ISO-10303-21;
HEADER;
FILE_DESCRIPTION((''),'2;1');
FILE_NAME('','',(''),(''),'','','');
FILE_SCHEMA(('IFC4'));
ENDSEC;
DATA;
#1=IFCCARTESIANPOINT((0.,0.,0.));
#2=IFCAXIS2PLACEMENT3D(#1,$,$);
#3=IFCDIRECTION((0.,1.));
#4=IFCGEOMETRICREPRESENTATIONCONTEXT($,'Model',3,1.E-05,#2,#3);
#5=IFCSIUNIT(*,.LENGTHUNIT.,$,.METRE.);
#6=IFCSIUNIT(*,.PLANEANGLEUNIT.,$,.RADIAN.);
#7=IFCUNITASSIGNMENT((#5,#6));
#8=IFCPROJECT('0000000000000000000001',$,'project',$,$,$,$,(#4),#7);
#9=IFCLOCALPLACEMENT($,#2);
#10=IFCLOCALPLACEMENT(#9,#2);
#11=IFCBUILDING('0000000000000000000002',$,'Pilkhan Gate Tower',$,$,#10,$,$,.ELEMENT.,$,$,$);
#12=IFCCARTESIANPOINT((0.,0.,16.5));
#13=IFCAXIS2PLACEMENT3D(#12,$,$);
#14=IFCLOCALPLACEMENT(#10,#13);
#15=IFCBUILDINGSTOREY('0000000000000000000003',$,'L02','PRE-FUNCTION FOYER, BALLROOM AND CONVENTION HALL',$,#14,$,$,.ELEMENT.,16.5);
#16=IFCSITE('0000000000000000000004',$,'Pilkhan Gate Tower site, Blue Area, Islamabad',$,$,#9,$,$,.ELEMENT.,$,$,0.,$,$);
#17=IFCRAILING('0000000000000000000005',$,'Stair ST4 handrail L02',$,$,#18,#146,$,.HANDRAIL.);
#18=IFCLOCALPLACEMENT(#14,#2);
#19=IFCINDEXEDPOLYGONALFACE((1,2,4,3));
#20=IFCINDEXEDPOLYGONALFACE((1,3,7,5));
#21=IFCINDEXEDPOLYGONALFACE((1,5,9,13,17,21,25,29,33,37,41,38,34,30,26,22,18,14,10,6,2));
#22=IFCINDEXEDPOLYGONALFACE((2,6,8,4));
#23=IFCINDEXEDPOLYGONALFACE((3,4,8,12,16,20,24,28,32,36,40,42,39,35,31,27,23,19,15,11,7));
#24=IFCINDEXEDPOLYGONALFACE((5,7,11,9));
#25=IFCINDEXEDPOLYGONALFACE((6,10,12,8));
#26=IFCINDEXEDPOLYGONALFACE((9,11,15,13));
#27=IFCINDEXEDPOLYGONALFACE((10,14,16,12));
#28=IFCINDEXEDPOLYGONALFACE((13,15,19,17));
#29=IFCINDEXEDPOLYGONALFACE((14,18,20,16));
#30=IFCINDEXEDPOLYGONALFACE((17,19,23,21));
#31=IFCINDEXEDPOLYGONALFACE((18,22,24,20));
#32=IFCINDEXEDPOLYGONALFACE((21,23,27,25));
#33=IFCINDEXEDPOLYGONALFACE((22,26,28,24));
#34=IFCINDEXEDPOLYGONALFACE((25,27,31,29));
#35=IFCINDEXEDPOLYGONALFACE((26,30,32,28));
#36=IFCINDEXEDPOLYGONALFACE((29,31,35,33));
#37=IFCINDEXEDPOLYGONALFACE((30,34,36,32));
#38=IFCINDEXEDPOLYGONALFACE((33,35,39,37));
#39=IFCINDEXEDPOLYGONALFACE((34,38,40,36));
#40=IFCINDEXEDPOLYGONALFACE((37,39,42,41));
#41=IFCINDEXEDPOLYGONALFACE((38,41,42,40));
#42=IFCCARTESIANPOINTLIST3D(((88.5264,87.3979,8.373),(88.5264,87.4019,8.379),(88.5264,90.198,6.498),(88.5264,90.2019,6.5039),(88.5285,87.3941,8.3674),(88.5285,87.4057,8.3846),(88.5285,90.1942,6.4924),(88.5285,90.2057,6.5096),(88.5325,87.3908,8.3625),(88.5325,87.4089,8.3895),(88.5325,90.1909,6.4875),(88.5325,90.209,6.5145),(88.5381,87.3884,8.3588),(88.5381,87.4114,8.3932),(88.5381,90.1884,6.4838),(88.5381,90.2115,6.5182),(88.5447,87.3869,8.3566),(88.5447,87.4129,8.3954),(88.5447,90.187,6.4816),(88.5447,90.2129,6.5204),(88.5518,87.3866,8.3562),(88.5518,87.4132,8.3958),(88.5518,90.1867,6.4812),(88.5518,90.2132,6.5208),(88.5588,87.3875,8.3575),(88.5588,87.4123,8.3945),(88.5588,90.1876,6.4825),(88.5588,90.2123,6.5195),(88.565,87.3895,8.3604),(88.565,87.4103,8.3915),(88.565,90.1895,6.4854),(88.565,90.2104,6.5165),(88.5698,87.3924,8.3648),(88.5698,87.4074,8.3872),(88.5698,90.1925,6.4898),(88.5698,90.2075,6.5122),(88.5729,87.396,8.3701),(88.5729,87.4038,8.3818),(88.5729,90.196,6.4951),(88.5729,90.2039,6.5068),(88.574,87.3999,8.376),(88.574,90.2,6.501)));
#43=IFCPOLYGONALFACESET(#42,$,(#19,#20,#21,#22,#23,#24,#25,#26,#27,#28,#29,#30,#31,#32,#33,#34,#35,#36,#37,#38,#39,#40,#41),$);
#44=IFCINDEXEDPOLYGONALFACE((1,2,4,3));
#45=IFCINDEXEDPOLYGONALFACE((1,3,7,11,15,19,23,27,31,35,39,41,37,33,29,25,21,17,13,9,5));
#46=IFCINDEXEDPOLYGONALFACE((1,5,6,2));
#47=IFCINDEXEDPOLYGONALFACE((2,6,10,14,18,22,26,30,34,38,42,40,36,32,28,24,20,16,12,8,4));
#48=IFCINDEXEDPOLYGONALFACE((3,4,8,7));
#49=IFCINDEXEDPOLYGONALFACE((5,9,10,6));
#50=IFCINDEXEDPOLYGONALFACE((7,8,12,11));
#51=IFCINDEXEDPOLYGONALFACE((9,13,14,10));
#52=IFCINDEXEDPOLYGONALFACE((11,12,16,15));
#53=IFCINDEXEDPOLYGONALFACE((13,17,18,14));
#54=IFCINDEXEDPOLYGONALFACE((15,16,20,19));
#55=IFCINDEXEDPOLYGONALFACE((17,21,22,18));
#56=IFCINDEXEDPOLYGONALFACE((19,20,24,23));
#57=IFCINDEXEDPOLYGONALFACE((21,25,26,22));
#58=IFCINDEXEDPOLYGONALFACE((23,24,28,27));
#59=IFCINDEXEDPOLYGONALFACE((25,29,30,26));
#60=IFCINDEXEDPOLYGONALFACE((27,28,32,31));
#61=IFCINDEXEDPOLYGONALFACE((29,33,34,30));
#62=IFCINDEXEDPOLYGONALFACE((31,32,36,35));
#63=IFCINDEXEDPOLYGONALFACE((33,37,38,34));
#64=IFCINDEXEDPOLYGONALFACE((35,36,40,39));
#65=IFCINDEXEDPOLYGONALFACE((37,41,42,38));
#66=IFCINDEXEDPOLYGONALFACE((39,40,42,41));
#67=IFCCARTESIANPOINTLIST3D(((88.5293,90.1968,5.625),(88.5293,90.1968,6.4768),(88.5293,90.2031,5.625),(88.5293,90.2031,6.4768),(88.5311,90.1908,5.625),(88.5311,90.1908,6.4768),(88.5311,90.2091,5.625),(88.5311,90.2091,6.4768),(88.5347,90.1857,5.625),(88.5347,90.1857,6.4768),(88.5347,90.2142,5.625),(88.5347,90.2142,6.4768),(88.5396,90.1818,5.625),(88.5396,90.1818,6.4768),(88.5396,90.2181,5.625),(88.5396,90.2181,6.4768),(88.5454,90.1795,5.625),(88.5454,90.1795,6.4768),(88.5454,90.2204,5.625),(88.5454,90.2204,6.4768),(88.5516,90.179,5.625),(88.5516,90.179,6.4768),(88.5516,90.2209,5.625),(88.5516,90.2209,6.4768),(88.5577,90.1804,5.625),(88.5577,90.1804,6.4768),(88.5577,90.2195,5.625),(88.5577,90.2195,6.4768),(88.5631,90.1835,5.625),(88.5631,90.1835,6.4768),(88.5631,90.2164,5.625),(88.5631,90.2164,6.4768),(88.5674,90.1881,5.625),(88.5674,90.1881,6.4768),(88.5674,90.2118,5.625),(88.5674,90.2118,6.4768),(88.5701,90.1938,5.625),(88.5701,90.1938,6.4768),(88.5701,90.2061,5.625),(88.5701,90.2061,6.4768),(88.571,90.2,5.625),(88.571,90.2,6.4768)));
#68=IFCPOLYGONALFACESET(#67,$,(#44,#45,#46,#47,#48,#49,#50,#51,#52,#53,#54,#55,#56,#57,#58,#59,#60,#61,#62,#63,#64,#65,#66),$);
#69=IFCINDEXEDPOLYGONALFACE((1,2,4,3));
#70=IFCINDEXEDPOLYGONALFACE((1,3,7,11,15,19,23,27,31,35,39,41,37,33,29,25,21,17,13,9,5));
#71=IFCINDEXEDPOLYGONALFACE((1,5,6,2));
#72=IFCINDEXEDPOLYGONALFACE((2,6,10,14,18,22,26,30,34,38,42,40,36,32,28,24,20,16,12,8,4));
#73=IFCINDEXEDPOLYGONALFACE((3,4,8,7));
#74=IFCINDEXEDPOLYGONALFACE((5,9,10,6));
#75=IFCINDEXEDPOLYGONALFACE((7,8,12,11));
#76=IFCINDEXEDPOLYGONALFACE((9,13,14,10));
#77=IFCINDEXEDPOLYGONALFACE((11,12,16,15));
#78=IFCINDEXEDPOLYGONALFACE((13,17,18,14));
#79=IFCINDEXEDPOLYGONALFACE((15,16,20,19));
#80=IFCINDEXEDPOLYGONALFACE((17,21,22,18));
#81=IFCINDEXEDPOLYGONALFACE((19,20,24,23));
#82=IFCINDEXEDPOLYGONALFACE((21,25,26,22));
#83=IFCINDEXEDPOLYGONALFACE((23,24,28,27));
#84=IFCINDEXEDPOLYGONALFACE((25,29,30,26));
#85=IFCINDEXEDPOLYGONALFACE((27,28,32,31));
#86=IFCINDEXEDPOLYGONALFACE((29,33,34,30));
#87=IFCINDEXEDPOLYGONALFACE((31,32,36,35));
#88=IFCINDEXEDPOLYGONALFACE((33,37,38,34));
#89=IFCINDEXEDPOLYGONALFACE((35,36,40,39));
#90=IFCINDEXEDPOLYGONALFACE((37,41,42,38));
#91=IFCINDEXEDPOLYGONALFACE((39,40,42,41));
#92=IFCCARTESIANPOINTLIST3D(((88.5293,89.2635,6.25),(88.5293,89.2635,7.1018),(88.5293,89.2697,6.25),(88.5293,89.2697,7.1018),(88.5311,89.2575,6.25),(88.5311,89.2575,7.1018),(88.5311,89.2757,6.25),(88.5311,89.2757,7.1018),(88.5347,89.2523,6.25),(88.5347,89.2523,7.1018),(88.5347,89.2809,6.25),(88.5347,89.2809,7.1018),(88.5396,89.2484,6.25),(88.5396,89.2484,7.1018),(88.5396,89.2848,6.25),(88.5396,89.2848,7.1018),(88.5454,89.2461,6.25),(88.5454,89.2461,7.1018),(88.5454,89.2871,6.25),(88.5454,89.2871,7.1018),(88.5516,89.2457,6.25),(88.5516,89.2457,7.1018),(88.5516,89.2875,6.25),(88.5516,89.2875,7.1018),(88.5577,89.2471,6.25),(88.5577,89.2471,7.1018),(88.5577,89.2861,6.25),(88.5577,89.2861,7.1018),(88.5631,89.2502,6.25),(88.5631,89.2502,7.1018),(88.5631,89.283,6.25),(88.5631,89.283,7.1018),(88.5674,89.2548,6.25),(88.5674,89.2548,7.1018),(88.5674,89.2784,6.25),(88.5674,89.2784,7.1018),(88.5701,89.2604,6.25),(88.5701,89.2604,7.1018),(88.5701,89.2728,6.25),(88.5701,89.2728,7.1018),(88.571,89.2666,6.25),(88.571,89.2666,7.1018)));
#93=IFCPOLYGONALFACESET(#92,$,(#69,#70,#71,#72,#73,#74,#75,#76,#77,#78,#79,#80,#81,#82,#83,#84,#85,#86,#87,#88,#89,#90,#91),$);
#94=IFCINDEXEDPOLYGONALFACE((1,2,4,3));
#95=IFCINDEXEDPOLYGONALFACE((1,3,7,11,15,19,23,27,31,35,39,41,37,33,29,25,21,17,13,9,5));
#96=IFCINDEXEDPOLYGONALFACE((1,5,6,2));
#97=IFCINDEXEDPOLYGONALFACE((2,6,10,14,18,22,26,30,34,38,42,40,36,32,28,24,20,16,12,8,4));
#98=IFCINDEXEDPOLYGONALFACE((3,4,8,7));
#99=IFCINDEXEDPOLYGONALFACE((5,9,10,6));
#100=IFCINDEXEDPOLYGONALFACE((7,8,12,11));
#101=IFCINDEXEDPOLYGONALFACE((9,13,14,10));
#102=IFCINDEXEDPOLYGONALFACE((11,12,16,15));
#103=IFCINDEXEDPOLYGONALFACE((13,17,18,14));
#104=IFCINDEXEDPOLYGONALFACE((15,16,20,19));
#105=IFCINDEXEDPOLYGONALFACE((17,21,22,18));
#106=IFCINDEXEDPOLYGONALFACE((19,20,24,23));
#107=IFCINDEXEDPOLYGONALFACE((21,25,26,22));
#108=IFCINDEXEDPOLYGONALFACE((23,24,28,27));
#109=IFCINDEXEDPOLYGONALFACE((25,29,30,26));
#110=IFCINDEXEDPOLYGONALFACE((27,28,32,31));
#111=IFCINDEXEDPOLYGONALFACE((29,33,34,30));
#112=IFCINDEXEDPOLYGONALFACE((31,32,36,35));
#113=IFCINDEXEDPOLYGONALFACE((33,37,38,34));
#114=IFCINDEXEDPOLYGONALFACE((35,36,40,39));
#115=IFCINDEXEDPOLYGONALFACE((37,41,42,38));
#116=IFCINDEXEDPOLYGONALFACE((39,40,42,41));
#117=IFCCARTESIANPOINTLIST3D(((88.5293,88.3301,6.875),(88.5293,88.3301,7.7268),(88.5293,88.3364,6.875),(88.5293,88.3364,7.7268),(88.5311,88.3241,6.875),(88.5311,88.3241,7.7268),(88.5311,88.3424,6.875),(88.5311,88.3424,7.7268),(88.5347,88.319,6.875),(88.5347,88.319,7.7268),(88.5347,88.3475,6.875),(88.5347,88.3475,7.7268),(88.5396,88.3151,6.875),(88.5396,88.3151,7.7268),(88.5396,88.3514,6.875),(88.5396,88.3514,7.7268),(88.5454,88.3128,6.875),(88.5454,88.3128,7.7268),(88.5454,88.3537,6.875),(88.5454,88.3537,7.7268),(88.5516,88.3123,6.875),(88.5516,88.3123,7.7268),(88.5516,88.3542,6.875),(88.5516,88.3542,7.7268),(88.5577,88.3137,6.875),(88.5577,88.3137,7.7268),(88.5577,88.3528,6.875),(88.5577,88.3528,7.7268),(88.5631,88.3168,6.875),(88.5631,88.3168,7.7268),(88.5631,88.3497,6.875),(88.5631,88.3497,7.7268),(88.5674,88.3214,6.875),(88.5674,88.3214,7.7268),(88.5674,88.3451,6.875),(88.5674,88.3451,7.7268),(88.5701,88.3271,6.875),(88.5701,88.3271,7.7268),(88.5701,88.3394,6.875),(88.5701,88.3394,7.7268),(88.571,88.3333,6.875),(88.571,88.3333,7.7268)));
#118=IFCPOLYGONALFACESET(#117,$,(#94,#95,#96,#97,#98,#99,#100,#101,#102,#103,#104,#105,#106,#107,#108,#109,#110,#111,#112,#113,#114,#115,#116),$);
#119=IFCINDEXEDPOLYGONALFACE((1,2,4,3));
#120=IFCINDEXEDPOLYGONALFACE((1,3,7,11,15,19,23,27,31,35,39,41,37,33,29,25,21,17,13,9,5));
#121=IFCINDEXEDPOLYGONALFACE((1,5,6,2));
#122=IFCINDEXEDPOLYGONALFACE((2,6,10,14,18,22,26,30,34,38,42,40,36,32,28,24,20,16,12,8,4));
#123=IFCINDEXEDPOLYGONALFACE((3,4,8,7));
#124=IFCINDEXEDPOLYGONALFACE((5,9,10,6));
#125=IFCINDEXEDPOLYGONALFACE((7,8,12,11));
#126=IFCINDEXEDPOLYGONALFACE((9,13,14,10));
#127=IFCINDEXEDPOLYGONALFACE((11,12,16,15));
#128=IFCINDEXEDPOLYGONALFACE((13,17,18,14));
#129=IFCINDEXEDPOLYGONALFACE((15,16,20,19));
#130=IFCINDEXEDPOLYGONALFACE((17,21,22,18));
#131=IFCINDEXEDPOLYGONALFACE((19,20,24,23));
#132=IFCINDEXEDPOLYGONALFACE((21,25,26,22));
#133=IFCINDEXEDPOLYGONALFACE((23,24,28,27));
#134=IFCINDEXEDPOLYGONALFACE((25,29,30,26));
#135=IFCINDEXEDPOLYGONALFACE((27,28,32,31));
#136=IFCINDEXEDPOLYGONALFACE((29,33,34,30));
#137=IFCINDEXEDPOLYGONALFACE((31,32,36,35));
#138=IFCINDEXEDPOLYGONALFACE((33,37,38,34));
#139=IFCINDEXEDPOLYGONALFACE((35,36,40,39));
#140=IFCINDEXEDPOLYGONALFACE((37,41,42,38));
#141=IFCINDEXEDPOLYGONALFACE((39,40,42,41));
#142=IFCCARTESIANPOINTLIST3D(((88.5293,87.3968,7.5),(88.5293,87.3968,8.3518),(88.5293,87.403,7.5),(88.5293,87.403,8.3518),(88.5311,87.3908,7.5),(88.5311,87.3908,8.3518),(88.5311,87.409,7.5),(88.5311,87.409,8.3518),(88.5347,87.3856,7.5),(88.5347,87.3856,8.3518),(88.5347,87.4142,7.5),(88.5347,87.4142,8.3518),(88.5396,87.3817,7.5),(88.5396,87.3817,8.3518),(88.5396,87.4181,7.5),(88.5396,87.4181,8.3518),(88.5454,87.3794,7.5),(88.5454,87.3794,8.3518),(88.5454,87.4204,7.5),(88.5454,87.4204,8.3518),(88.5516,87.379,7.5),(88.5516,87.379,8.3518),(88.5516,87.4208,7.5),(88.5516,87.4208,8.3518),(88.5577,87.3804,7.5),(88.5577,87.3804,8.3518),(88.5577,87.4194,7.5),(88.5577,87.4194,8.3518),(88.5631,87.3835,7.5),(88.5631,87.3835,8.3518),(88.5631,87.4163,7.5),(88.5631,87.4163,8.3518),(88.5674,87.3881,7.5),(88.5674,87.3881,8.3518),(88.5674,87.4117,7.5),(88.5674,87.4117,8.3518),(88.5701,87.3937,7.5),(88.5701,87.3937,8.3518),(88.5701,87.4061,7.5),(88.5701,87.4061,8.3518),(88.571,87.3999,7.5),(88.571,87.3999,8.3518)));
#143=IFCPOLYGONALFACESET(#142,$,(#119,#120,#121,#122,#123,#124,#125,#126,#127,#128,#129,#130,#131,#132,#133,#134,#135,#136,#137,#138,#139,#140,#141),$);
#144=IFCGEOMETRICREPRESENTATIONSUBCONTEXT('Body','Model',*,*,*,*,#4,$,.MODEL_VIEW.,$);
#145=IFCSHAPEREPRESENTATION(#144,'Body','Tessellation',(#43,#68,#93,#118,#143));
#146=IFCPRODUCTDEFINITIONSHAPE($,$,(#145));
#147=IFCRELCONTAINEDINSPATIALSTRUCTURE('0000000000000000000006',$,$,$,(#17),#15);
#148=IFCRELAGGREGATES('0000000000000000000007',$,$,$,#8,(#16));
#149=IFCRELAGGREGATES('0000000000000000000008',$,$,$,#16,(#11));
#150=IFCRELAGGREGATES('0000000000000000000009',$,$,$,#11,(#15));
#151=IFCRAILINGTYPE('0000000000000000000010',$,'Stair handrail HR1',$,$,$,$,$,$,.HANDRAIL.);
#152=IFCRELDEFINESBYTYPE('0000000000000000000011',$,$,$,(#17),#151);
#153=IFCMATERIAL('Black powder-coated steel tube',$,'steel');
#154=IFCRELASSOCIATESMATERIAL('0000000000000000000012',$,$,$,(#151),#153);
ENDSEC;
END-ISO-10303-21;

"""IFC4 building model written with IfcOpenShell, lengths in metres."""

from ifc_helpers import new_model, si_unit, direction, frame, origin, origin_2d, place, context, subcontext, project, spatial, circle, extrude, material, type_object, element, save


model = new_model("IFC4")

# Units and contexts
model_context = context("Model", 3, precision=1e-05, world=origin(), true_north=direction((0.0, 1.0)))
body_context = subcontext(model_context, "Body", "Model", "MODEL_VIEW")
ifc_project = project(units=[si_unit("LENGTHUNIT", "METRE"), si_unit("PLANEANGLEUNIT", "RADIAN")], contexts=[model_context])

# Site, building, storey
site_placement = place(None, origin())
site = spatial("IfcSite", under=ifc_project, at=site_placement, Name="Pilkhan Gate Tower site, Blue Area, Islamabad", CompositionType="ELEMENT", RefElevation=0.0)
building_placement = place(site_placement, origin())
building = spatial("IfcBuilding", under=site, at=building_placement, Name="Pilkhan Gate Tower", CompositionType="ELEMENT")
storey_placement = place(building_placement, frame((0.0, 0.0, 16.5)))
storey = spatial("IfcBuildingStorey", under=building, at=storey_placement, Name="L02", Description="PRE-FUNCTION FOYER, BALLROOM AND CONVENTION HALL", CompositionType="ELEMENT", Elevation=16.5)

# Railing
ifc_material_1 = material(Name="Black powder-coated steel tube", Category="steel")
railing_type_1 = type_object("IfcRailingType", Name="Stair handrail HR1", PredefinedType="HANDRAIL", material=ifc_material_1)
for number, where, name in (
    (1, (88.55, 90.2, 5.625), "Stair ST4 handrail L02"),
):
    element("IfcRailing", number, at=place(storey_placement, frame(where)), inside=storey, type_object=railing_type_1, Name=name, PredefinedType="HANDRAIL", context=body_context, shape_type="SweptSolid", body=[
        extrude(circle(Radius=0.0239, at=origin_2d()), frame((0.0, 0.0, 0.876), z_axis=(0.0, -0.830912, 0.556404), x_axis=(1.0, 0.0, 0.0)), (0.0, 0.0, 1.0), 3.3699),
        extrude(circle(Radius=0.021, at=origin_2d()), origin(), (0.0, 0.0, 1.0), 0.8518),
        extrude(circle(Radius=0.021, at=origin_2d()), frame((0.0, -0.9333, 0.625)), (0.0, 0.0, 1.0), 0.8518),
        extrude(circle(Radius=0.021, at=origin_2d()), frame((0.0, -1.8667, 1.25)), (0.0, 0.0, 1.0), 0.8518),
        extrude(circle(Radius=0.021, at=origin_2d()), frame((0.0, -2.8, 1.875)), (0.0, 0.0, 1.0), 0.8518),
    ])

save(model, "model.ifc")
